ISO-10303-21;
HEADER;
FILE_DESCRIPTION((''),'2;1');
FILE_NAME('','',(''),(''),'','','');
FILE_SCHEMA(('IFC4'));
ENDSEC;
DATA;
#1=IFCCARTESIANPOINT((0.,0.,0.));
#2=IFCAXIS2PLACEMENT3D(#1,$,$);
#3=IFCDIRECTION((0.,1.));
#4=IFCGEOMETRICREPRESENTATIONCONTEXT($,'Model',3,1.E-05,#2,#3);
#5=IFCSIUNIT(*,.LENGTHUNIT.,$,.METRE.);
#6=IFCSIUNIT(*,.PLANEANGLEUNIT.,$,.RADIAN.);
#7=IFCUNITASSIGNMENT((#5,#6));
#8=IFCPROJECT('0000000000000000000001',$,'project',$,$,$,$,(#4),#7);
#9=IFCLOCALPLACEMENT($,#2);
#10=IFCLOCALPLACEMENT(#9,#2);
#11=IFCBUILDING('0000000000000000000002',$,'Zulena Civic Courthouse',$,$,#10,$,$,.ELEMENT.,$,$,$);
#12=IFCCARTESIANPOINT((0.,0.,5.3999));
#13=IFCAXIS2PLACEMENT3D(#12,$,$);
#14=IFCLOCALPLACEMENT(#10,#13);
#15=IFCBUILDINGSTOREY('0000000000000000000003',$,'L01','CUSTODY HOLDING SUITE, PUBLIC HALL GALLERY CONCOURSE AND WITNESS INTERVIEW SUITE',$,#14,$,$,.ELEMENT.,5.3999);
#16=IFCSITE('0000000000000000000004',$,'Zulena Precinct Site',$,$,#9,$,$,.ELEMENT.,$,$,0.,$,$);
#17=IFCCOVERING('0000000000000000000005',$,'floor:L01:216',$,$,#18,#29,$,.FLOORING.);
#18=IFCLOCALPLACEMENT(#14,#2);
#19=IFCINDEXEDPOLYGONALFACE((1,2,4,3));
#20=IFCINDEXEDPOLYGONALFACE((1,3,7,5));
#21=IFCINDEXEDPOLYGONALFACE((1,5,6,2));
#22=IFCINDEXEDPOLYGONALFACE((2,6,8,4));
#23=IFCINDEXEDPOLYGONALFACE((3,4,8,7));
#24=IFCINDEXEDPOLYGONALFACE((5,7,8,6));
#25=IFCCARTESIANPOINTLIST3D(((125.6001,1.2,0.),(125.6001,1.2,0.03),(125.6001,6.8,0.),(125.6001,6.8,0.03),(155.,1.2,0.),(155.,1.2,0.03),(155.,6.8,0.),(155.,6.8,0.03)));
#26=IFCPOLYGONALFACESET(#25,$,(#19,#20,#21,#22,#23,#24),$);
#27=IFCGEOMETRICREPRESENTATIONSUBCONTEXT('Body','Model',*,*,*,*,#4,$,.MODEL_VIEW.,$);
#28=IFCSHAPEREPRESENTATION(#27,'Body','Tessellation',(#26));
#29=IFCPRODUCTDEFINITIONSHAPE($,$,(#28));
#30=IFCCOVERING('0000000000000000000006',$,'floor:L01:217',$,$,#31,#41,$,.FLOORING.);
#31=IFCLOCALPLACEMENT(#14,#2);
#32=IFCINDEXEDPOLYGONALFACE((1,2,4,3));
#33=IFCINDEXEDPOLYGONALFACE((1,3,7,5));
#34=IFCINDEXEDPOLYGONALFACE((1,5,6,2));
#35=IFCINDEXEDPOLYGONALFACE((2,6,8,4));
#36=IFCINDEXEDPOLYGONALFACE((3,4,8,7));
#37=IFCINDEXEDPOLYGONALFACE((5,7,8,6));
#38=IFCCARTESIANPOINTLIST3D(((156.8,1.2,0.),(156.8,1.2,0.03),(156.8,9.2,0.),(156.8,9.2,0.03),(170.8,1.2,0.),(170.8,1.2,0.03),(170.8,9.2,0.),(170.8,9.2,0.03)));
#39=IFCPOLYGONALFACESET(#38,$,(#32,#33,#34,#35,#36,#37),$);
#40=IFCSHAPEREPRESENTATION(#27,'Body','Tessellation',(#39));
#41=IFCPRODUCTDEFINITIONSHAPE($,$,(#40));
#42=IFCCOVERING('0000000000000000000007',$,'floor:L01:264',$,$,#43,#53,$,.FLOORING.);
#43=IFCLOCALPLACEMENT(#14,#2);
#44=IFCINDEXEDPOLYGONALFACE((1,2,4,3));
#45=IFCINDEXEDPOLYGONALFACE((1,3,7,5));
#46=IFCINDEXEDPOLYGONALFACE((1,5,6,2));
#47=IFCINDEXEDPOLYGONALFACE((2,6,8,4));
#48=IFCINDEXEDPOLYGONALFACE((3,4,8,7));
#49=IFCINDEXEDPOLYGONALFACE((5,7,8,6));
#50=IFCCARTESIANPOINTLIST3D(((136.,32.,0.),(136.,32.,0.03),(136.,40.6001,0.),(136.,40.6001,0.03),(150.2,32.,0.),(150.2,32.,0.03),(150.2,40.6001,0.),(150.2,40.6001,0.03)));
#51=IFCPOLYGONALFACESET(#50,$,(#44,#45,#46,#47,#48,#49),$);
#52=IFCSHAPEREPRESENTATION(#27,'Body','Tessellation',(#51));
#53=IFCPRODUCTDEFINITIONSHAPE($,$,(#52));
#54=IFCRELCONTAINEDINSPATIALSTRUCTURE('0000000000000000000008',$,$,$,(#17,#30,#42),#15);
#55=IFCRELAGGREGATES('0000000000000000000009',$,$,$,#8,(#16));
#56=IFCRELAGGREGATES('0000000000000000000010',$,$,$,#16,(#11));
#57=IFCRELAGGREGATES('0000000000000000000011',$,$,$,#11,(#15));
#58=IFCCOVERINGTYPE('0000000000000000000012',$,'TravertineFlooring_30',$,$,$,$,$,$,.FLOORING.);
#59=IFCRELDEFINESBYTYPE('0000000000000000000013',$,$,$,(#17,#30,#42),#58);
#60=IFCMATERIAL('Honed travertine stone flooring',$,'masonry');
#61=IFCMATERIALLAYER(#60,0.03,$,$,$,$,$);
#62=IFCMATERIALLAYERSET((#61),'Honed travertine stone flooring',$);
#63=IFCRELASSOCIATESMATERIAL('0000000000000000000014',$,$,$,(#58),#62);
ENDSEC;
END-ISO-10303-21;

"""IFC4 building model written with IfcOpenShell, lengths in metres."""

from ifc_helpers import new_model, si_unit, direction, frame, origin, place, context, subcontext, project, spatial, polyline, outline, extrude, material, layer, layer_set, type_object, element, save


model = new_model("IFC4")

# Units and contexts
model_context = context("Model", 3, precision=1e-05, world=origin(), true_north=direction((0.0, 1.0)))
body_context = subcontext(model_context, "Body", "Model", "MODEL_VIEW")
ifc_project = project(units=[si_unit("LENGTHUNIT", "METRE"), si_unit("PLANEANGLEUNIT", "RADIAN")], contexts=[model_context])

# Site, building, storey
site_placement = place(None, origin())
site = spatial("IfcSite", under=ifc_project, at=site_placement, Name="Zulena Precinct Site", CompositionType="ELEMENT", RefElevation=0.0)
building_placement = place(site_placement, origin())
building = spatial("IfcBuilding", under=site, at=building_placement, Name="Zulena Civic Courthouse", CompositionType="ELEMENT")
storey_placement = place(building_placement, frame((0.0, 0.0, 5.3999)))
storey = spatial("IfcBuildingStorey", under=building, at=storey_placement, Name="L01", Description="CUSTODY HOLDING SUITE, PUBLIC HALL GALLERY CONCOURSE AND WITNESS INTERVIEW SUITE", CompositionType="ELEMENT", Elevation=5.3999)

# Coverings
ifc_material_1 = material(Name="Honed travertine stone flooring", Category="masonry")
ifc_layer_1 = layer(ifc_material_1, 0.03)
ifc_layer_set_1 = layer_set([ifc_layer_1], Name="Honed travertine stone flooring")
covering_type_1 = type_object("IfcCoveringType", Name="TravertineFlooring_30", PredefinedType="FLOORING", material=ifc_layer_set_1)
covering_1_placement = place(storey_placement, origin())
element("IfcCovering", 1, at=covering_1_placement, inside=storey, type_object=covering_type_1, Name="floor:L01:216", PredefinedType="FLOORING", context=body_context, shape_type="SweptSolid", body=[
    extrude(outline(polyline([(125.6001, 1.2), (155.0, 1.2), (155.0, 6.8), (125.6001, 6.8), (125.6001, 1.2)])), origin(), (0.0, 0.0, 1.0), 0.03),
])
covering_2_placement = place(storey_placement, origin())
element("IfcCovering", 2, at=covering_2_placement, inside=storey, type_object=covering_type_1, Name="floor:L01:217", PredefinedType="FLOORING", context=body_context, shape_type="SweptSolid", body=[
    extrude(outline(polyline([(156.8, 1.2), (170.8, 1.2), (170.8, 9.2), (156.8, 9.2), (156.8, 1.2)])), origin(), (0.0, 0.0, 1.0), 0.03),
])
covering_3_placement = place(storey_placement, origin())
element("IfcCovering", 3, at=covering_3_placement, inside=storey, type_object=covering_type_1, Name="floor:L01:264", PredefinedType="FLOORING", context=body_context, shape_type="SweptSolid", body=[
    extrude(outline(polyline([(136.0, 32.0), (150.2, 32.0), (150.2, 40.6001), (136.0, 40.6001), (136.0, 32.0)])), origin(), (0.0, 0.0, 1.0), 0.03),
])

save(model, "model.ifc")
